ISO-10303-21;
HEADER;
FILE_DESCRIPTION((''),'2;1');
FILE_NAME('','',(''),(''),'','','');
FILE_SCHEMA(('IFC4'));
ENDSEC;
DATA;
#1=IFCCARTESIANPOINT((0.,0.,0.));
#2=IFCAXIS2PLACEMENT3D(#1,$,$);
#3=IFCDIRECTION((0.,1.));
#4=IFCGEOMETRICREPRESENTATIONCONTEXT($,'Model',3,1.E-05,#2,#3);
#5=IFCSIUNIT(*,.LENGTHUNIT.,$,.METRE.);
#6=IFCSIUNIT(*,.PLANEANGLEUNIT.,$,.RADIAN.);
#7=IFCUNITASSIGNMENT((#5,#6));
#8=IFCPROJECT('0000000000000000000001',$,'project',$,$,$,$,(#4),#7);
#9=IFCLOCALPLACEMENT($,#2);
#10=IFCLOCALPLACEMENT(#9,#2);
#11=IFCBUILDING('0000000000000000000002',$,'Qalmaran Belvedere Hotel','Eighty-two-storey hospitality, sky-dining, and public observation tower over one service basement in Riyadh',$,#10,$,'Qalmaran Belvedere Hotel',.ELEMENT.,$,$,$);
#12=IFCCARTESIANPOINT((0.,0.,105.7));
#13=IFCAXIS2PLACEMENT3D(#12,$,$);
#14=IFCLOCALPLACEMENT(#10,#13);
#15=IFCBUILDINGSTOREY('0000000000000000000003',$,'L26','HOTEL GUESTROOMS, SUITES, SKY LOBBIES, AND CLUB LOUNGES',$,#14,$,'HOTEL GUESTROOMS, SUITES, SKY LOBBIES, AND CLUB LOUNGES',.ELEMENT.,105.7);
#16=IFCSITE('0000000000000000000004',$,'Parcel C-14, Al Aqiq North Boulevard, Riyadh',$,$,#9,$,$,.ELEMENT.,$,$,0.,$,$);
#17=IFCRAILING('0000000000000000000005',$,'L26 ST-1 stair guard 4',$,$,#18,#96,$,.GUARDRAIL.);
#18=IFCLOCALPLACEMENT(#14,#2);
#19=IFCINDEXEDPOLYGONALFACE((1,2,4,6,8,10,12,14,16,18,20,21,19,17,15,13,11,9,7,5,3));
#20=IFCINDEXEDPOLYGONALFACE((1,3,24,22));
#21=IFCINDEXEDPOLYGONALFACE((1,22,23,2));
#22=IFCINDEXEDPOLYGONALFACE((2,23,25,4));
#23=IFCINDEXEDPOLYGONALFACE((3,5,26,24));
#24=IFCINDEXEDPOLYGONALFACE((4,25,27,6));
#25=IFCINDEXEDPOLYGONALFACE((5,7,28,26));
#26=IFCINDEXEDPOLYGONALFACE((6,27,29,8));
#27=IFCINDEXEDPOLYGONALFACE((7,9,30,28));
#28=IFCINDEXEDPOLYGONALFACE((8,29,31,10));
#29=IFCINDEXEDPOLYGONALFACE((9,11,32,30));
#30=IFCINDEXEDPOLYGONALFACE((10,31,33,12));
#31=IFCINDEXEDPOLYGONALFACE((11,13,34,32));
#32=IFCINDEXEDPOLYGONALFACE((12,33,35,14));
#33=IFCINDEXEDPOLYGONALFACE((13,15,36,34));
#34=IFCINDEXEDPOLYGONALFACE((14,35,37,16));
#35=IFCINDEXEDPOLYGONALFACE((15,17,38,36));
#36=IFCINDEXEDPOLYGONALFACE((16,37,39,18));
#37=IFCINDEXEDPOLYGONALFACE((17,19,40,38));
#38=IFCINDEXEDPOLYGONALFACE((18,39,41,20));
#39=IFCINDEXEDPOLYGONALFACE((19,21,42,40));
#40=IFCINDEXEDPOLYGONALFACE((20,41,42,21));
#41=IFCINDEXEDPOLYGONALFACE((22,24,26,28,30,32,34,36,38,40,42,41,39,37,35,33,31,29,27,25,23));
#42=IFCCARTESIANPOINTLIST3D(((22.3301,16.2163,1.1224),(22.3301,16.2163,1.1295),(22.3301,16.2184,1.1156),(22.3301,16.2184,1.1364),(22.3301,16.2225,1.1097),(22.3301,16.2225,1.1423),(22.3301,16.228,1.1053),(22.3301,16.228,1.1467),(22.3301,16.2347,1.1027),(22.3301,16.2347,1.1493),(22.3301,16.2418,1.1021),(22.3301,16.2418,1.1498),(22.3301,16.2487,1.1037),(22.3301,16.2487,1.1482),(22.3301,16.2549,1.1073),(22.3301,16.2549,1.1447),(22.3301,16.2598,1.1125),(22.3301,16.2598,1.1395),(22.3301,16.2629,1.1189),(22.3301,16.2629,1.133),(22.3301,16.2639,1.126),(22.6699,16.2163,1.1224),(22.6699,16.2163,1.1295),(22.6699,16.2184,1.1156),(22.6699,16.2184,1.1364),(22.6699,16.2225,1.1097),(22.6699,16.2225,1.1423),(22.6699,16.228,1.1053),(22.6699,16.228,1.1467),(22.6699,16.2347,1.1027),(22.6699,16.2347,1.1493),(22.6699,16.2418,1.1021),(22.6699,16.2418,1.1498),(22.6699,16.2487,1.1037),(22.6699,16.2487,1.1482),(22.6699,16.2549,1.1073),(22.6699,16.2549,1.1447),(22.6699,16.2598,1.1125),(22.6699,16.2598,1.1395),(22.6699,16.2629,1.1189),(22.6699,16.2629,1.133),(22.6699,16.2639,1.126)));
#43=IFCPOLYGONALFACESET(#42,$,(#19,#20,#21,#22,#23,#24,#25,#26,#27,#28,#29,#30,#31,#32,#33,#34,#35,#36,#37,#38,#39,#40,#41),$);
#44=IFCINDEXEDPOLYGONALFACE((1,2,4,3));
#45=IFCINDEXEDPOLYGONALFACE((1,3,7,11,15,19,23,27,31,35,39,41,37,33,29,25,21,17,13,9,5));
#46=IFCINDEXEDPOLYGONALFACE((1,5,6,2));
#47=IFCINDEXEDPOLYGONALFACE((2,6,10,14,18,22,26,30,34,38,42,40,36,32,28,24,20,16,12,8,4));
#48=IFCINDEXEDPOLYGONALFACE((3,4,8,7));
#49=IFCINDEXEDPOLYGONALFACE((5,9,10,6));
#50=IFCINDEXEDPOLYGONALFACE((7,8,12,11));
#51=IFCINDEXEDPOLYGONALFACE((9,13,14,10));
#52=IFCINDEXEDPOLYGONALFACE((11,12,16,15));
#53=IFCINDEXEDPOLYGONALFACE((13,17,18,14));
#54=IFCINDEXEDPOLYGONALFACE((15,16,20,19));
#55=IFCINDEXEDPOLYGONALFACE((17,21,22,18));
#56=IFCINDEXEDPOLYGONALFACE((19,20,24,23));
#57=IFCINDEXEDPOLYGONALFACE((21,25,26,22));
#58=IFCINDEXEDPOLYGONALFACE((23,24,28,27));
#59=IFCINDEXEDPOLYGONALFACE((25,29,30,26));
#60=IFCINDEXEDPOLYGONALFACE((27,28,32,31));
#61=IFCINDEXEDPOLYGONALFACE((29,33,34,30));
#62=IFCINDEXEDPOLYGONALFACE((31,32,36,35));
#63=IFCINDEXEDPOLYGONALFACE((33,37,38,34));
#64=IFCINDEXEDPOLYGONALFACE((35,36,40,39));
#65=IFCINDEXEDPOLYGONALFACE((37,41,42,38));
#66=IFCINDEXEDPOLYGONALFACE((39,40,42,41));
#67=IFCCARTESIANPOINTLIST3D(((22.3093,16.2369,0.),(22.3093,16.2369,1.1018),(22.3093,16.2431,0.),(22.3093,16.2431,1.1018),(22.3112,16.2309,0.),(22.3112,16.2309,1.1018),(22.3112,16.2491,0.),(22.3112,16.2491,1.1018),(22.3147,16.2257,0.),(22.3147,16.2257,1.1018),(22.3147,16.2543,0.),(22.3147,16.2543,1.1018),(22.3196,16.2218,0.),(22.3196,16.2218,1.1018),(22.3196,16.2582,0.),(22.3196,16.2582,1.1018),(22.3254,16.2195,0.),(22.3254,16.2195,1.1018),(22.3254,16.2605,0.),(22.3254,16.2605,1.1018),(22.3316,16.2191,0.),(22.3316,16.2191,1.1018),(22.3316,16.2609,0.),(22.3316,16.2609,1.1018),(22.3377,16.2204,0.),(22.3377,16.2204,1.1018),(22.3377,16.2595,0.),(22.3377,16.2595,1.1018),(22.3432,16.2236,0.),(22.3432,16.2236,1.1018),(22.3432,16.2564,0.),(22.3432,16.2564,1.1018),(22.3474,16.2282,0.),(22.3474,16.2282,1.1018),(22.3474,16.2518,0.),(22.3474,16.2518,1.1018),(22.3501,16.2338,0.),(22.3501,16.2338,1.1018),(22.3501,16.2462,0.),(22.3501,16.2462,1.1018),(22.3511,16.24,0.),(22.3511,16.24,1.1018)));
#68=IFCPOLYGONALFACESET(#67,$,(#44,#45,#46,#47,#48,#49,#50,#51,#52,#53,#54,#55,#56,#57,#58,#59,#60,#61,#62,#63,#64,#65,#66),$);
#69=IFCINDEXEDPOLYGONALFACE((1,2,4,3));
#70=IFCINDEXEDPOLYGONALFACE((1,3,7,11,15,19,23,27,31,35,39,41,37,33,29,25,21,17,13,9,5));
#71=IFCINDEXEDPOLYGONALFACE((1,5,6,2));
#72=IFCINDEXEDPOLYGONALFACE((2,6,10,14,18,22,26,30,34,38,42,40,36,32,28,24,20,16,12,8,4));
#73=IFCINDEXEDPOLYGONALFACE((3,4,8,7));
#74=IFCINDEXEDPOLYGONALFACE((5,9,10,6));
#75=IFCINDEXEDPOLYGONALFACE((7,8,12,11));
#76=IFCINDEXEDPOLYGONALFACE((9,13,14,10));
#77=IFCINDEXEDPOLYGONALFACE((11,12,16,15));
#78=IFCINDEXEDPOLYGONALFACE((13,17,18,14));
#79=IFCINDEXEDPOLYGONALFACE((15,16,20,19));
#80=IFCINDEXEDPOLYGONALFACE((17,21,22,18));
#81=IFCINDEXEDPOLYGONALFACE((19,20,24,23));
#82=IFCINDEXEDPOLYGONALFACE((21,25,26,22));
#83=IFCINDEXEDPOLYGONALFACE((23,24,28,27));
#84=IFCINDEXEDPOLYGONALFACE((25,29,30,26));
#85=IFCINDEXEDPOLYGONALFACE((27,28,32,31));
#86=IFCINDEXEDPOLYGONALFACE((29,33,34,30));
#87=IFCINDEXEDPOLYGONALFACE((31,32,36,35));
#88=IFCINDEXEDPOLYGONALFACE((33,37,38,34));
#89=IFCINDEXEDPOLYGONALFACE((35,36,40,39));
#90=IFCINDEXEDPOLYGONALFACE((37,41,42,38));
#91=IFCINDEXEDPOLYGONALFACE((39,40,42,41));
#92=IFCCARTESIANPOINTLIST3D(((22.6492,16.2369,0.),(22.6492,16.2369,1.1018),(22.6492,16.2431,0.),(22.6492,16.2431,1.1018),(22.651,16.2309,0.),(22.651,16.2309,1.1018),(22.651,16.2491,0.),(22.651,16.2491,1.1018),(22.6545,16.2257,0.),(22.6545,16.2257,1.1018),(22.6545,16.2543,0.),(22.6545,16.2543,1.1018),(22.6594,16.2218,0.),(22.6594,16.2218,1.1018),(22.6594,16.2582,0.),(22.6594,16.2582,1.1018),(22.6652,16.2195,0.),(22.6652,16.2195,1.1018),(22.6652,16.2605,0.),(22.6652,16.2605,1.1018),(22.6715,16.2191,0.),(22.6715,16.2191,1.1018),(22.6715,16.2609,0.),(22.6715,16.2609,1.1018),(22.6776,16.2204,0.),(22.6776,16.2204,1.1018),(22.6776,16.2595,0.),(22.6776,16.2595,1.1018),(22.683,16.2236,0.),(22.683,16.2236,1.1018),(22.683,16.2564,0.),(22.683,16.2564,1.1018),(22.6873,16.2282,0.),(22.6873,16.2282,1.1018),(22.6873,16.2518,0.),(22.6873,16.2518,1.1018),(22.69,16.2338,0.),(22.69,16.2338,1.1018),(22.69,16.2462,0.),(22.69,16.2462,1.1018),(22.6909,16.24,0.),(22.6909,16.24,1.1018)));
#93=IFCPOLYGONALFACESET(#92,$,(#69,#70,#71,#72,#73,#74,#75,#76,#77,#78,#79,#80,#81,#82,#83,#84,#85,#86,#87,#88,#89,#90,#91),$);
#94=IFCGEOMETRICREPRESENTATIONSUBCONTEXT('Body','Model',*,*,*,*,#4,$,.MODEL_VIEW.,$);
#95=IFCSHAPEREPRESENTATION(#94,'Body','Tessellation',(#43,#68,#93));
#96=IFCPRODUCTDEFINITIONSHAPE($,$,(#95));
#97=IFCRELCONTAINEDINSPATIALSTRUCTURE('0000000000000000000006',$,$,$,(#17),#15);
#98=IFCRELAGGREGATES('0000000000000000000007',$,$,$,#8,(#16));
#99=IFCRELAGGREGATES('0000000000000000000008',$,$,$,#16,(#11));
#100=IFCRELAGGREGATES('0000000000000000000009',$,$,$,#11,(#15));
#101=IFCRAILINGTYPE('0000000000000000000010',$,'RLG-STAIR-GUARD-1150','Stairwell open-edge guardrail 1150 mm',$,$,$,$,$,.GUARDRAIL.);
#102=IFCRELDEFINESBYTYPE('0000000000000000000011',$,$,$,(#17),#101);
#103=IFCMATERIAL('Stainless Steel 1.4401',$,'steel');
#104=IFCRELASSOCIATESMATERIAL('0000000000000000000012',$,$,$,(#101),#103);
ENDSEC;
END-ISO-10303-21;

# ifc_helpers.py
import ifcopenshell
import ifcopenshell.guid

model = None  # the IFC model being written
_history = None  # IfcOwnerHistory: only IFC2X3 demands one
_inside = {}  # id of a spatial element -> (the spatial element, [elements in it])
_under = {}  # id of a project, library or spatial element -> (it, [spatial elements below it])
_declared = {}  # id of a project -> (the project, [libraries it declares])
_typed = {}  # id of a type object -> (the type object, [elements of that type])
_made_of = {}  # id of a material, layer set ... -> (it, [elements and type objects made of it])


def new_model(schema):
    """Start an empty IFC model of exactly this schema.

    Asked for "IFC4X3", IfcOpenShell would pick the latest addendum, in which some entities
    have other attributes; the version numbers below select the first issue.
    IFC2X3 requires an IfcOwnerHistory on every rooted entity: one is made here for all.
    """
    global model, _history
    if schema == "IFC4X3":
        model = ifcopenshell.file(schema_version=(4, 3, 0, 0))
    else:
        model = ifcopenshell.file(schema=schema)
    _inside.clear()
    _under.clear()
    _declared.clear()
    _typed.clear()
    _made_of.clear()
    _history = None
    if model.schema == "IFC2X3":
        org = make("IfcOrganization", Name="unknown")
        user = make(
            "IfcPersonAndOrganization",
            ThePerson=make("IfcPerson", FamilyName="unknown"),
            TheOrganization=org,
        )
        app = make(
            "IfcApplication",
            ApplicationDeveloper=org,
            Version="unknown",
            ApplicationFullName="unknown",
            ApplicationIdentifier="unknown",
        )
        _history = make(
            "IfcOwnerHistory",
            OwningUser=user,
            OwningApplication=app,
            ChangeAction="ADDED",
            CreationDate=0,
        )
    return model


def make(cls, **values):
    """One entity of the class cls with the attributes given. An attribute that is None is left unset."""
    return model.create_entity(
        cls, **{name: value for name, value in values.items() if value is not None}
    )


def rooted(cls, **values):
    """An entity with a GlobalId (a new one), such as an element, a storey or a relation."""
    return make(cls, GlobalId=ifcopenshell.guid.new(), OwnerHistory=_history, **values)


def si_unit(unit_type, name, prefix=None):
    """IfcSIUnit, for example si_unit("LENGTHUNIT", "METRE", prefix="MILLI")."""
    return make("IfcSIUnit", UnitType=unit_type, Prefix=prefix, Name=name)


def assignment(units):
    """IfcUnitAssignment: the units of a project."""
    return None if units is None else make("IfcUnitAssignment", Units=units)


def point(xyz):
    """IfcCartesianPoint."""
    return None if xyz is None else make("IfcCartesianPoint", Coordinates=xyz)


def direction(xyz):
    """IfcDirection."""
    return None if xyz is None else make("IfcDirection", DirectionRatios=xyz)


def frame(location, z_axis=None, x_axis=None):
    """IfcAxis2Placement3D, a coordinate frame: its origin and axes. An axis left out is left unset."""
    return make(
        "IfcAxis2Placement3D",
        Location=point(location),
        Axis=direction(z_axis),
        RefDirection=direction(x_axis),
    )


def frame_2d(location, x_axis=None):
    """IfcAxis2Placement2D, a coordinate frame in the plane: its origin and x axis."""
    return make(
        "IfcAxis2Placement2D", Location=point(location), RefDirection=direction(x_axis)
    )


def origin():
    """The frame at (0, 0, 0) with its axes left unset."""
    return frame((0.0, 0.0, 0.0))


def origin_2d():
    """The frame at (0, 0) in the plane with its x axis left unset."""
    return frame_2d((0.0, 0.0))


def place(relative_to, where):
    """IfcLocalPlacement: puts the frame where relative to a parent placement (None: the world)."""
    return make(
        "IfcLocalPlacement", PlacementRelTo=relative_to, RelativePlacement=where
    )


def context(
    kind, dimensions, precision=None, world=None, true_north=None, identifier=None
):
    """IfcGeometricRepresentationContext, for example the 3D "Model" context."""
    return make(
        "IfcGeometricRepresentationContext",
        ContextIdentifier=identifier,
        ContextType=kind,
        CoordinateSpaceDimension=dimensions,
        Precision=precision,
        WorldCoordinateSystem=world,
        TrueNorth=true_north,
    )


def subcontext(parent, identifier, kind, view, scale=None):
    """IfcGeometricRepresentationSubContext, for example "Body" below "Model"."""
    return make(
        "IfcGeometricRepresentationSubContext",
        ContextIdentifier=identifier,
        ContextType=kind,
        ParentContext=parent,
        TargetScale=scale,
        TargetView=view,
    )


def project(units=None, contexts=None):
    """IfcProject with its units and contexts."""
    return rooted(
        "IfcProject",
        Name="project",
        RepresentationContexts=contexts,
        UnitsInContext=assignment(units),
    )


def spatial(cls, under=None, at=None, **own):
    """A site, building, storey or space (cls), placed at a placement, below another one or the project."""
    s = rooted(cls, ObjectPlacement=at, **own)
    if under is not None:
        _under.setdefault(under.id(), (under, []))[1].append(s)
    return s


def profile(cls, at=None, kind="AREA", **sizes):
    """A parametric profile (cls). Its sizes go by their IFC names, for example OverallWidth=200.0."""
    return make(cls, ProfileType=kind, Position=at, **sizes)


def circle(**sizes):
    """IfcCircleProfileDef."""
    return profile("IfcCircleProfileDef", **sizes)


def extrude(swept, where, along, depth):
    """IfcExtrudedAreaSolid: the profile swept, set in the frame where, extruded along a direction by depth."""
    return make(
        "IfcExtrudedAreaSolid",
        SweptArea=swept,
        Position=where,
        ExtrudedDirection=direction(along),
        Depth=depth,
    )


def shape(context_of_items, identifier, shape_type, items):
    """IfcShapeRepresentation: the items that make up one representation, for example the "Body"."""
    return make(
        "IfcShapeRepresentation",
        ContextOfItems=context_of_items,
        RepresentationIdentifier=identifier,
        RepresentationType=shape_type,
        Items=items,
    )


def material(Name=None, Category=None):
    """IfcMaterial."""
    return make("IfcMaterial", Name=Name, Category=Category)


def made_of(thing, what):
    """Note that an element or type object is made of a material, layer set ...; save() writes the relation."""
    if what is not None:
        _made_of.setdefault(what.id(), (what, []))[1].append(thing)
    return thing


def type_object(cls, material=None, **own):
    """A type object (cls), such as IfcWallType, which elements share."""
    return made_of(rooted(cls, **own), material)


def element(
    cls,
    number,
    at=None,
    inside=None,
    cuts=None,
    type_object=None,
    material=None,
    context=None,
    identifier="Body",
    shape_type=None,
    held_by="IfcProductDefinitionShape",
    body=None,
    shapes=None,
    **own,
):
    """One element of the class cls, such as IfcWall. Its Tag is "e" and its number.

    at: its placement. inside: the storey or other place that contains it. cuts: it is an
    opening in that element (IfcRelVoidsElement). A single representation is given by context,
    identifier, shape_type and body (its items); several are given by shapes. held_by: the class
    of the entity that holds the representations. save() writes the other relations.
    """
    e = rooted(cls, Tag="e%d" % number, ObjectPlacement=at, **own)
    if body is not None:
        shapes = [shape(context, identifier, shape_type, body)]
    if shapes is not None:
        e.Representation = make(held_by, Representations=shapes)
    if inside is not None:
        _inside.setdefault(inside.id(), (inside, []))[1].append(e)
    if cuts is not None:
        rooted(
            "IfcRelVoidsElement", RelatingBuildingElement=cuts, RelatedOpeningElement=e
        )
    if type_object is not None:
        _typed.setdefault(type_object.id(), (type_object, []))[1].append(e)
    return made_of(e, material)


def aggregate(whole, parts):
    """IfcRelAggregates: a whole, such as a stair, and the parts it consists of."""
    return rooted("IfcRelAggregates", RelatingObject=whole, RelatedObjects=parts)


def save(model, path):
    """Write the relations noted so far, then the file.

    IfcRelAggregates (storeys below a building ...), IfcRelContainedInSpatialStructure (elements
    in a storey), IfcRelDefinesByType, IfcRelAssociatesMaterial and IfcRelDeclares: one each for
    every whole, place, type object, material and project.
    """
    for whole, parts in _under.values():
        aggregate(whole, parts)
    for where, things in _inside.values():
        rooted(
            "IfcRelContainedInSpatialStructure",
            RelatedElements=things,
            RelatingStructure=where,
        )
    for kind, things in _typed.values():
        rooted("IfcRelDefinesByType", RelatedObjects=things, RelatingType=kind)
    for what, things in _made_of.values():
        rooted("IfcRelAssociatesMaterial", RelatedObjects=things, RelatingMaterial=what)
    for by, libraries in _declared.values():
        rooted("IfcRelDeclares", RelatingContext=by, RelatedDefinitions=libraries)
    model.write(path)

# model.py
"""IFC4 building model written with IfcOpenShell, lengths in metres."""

from ifc_helpers import new_model, si_unit, direction, frame, origin, origin_2d, place, context, subcontext, project, spatial, circle, extrude, material, type_object, element, save


model = new_model("IFC4")

# Units and contexts
model_context = context("Model", 3, precision=1e-05, world=origin(), true_north=direction((0.0, 1.0)))
body_context = subcontext(model_context, "Body", "Model", "MODEL_VIEW")
ifc_project = project(units=[si_unit("LENGTHUNIT", "METRE"), si_unit("PLANEANGLEUNIT", "RADIAN")], contexts=[model_context])

# Site, building, storey
site_placement = place(None, origin())
site = spatial("IfcSite", under=ifc_project, at=site_placement, Name="Parcel C-14, Al Aqiq North Boulevard, Riyadh", CompositionType="ELEMENT", RefElevation=0.0)
building_placement = place(site_placement, origin())
building = spatial("IfcBuilding", under=site, at=building_placement, Name="Qalmaran Belvedere Hotel", Description="Eighty-two-storey hospitality, sky-dining, and public observation tower over one service basement in Riyadh", LongName="Qalmaran Belvedere Hotel", CompositionType="ELEMENT")
storey_placement = place(building_placement, frame((0.0, 0.0, 105.7)))
storey = spatial("IfcBuildingStorey", under=building, at=storey_placement, Name="L26", Description="HOTEL GUESTROOMS, SUITES, SKY LOBBIES, AND CLUB LOUNGES", LongName="HOTEL GUESTROOMS, SUITES, SKY LOBBIES, AND CLUB LOUNGES", CompositionType="ELEMENT", Elevation=105.7)

# Shared definitions
ifc_material_1 = material(Name="Stainless Steel 1.4401", Category="steel")

# Railing
railing_type_1 = type_object("IfcRailingType", Name="RLG-STAIR-GUARD-1150", Description="Stairwell open-edge guardrail 1150 mm", PredefinedType="GUARDRAIL", material=ifc_material_1)
railing_1_placement = place(storey_placement, frame((22.3301, 16.24, 0.0)))
element("IfcRailing", 1, at=railing_1_placement, inside=storey, type_object=railing_type_1, Name="L26 ST-1 stair guard 4", PredefinedType="GUARDRAIL", context=body_context, shape_type="SweptSolid", body=[
    extrude(circle(Radius=0.0239, at=origin_2d()), frame((0.0, 0.0, 1.126), z_axis=(1.0, 0.0, 0.0), x_axis=(0.0, 1.0, 0.0)), (0.0, 0.0, 1.0), 0.3398),
    extrude(circle(Radius=0.021, at=origin_2d()), origin(), (0.0, 0.0, 1.0), 1.1018),
    extrude(circle(Radius=0.021, at=origin_2d()), frame((0.3398, 0.0, 0.0)), (0.0, 0.0, 1.0), 1.1018),
])

save(model, "model.ifc")
